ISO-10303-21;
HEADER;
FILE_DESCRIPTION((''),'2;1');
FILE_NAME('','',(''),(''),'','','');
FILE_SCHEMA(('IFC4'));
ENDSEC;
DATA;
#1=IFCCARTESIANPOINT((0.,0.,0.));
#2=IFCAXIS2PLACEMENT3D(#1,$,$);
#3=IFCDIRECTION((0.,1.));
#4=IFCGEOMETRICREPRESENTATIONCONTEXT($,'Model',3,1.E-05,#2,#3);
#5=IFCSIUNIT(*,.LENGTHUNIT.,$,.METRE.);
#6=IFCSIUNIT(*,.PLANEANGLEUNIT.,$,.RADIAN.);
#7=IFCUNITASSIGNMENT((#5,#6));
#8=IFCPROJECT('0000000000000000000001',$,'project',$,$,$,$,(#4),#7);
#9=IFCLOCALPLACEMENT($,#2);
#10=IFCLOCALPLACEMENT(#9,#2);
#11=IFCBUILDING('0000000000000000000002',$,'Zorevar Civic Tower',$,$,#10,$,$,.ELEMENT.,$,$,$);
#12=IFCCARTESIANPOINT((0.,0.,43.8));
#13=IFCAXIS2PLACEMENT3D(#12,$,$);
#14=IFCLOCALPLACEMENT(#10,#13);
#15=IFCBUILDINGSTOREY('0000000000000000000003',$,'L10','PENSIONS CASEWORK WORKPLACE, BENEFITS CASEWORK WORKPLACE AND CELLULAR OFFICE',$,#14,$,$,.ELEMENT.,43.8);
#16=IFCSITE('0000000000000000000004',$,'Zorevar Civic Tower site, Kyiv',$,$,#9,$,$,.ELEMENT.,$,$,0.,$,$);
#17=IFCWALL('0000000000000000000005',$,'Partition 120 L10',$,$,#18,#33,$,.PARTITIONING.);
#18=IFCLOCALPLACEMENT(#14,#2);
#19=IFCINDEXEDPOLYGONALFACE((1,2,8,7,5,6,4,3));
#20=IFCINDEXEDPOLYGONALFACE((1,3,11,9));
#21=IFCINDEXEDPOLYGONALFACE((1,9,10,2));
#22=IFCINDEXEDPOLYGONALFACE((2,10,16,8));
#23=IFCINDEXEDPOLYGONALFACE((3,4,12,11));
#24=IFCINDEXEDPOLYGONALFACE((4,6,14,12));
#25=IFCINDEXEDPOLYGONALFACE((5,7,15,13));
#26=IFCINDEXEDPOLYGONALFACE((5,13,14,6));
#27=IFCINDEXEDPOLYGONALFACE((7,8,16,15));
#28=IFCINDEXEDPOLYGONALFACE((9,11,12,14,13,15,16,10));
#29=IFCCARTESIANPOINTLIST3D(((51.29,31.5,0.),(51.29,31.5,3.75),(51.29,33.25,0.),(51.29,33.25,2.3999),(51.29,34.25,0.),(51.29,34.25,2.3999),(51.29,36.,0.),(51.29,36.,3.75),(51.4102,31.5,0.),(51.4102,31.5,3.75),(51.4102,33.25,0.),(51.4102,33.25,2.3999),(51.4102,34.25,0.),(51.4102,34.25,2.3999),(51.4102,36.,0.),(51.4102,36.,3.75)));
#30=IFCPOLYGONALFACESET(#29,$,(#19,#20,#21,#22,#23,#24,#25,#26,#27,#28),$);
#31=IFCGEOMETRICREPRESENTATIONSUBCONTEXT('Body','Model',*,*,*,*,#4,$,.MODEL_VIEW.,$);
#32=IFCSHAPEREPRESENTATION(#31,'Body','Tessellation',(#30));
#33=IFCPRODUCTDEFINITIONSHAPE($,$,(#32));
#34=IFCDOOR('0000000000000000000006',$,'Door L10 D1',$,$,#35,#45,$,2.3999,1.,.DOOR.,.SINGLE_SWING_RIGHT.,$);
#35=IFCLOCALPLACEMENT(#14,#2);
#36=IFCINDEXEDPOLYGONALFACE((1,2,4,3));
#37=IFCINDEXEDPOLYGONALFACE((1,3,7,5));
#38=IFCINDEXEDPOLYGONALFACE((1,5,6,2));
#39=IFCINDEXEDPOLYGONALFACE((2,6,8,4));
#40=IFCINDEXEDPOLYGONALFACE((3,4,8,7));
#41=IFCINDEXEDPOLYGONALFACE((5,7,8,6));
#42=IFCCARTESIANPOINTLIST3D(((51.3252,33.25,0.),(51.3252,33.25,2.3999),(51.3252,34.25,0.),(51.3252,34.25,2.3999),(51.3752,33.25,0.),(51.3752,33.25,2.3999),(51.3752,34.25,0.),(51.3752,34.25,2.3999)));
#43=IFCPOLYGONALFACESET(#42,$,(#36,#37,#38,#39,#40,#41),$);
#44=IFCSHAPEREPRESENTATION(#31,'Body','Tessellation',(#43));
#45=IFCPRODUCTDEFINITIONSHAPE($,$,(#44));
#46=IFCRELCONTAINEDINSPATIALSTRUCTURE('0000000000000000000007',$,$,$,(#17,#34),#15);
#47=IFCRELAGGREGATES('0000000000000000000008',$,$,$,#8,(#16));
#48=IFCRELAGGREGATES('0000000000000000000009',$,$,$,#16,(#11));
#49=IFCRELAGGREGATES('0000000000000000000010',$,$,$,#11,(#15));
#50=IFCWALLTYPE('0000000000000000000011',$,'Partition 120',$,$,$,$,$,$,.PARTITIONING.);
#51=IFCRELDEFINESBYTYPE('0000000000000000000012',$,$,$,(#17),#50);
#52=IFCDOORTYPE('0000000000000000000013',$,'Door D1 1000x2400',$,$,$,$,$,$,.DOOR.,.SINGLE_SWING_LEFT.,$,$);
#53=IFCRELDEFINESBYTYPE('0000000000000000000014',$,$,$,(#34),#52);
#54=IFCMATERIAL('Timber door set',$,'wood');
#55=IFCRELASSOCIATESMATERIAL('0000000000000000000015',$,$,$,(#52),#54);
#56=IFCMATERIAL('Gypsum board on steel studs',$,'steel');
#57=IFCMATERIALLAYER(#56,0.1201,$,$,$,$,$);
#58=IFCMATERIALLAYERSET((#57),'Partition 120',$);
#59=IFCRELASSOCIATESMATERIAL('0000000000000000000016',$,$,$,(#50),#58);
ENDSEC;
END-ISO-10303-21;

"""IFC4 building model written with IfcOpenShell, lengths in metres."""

from ifc_helpers import new_model, si_unit, direction, frame, frame_2d, origin, place, context, subcontext, project, spatial, rectangle, extrude, material, layer, layer_set, type_object, element, fill, save


model = new_model("IFC4")

# Units and contexts
model_context = context("Model", 3, precision=1e-05, world=origin(), true_north=direction((0.0, 1.0)))
body_context = subcontext(model_context, "Body", "Model", "MODEL_VIEW")
ifc_project = project(units=[si_unit("LENGTHUNIT", "METRE"), si_unit("PLANEANGLEUNIT", "RADIAN")], contexts=[model_context])

# Site, building, storey
site_placement = place(None, origin())
site = spatial("IfcSite", under=ifc_project, at=site_placement, Name="Zorevar Civic Tower site, Kyiv", CompositionType="ELEMENT", RefElevation=0.0)
building_placement = place(site_placement, origin())
building = spatial("IfcBuilding", under=site, at=building_placement, Name="Zorevar Civic Tower", CompositionType="ELEMENT")
storey_placement = place(building_placement, frame((0.0, 0.0, 43.8)))
storey = spatial("IfcBuildingStorey", under=building, at=storey_placement, Name="L10", Description="PENSIONS CASEWORK WORKPLACE, BENEFITS CASEWORK WORKPLACE AND CELLULAR OFFICE", CompositionType="ELEMENT", Elevation=43.8)

# Shared definitions
ifc_material_1 = material(Name="Timber door set", Category="wood")
door_type_1 = type_object("IfcDoorType", Name="Door D1 1000x2400", OperationType="SINGLE_SWING_LEFT", PredefinedType="DOOR", material=ifc_material_1)

# Shared definitions
ifc_material_2 = material(Name="Gypsum board on steel studs", Category="steel")
ifc_layer_1 = layer(ifc_material_2, 0.1201)
ifc_layer_set_1 = layer_set([ifc_layer_1], Name="Partition 120")
wall_type_1 = type_object("IfcWallType", Name="Partition 120", PredefinedType="PARTITIONING", material=ifc_layer_set_1)

# Wall, opening, door
wall_1_placement = place(storey_placement, frame((51.3501, 31.5, 0.0), z_axis=(0.0, 0.0, 1.0), x_axis=(0.0, 1.0, 0.0)))
wall_1 = element("IfcWall", 1, at=wall_1_placement, inside=storey, type_object=wall_type_1, Name="Partition 120 L10", PredefinedType="PARTITIONING", context=body_context, shape_type="SweptSolid", body=[
    extrude(rectangle(XDim=4.5, YDim=0.1201, at=frame_2d((2.25, 0.0))), origin(), (0.0, 0.0, 1.0), 3.75),
])
opening_1_placement = place(wall_1_placement, frame((1.75, 0.0, 0.0)))
opening_1 = element("IfcOpeningElement", 2, at=opening_1_placement, cuts=wall_1, PredefinedType="OPENING", context=body_context, shape_type="SweptSolid", body=[
    extrude(rectangle(XDim=1.0, YDim=2.3999, at=frame_2d((0.5, 1.2))), frame((0.0, 0.0701, 0.0), z_axis=(0.0, -1.0, 0.0), x_axis=(1.0, 0.0, 0.0)), (0.0, 0.0, 1.0), 0.1401),
])
door_1_placement = place(opening_1_placement, origin())
door_1 = element("IfcDoor", 3, at=door_1_placement, inside=storey, type_object=door_type_1, Name="Door L10 D1", OperationType="SINGLE_SWING_RIGHT", OverallHeight=2.3999, OverallWidth=1.0, PredefinedType="DOOR", context=body_context, shape_type="SweptSolid", body=[
    extrude(rectangle(XDim=1.0, YDim=2.3999, at=frame_2d((0.5, 1.2))), frame((0.0, 0.0249, 0.0), z_axis=(0.0, -1.0, 0.0), x_axis=(1.0, 0.0, 0.0)), (0.0, 0.0, 1.0), 0.05),
])
fill(opening_1, door_1)

save(model, "model.ifc")
